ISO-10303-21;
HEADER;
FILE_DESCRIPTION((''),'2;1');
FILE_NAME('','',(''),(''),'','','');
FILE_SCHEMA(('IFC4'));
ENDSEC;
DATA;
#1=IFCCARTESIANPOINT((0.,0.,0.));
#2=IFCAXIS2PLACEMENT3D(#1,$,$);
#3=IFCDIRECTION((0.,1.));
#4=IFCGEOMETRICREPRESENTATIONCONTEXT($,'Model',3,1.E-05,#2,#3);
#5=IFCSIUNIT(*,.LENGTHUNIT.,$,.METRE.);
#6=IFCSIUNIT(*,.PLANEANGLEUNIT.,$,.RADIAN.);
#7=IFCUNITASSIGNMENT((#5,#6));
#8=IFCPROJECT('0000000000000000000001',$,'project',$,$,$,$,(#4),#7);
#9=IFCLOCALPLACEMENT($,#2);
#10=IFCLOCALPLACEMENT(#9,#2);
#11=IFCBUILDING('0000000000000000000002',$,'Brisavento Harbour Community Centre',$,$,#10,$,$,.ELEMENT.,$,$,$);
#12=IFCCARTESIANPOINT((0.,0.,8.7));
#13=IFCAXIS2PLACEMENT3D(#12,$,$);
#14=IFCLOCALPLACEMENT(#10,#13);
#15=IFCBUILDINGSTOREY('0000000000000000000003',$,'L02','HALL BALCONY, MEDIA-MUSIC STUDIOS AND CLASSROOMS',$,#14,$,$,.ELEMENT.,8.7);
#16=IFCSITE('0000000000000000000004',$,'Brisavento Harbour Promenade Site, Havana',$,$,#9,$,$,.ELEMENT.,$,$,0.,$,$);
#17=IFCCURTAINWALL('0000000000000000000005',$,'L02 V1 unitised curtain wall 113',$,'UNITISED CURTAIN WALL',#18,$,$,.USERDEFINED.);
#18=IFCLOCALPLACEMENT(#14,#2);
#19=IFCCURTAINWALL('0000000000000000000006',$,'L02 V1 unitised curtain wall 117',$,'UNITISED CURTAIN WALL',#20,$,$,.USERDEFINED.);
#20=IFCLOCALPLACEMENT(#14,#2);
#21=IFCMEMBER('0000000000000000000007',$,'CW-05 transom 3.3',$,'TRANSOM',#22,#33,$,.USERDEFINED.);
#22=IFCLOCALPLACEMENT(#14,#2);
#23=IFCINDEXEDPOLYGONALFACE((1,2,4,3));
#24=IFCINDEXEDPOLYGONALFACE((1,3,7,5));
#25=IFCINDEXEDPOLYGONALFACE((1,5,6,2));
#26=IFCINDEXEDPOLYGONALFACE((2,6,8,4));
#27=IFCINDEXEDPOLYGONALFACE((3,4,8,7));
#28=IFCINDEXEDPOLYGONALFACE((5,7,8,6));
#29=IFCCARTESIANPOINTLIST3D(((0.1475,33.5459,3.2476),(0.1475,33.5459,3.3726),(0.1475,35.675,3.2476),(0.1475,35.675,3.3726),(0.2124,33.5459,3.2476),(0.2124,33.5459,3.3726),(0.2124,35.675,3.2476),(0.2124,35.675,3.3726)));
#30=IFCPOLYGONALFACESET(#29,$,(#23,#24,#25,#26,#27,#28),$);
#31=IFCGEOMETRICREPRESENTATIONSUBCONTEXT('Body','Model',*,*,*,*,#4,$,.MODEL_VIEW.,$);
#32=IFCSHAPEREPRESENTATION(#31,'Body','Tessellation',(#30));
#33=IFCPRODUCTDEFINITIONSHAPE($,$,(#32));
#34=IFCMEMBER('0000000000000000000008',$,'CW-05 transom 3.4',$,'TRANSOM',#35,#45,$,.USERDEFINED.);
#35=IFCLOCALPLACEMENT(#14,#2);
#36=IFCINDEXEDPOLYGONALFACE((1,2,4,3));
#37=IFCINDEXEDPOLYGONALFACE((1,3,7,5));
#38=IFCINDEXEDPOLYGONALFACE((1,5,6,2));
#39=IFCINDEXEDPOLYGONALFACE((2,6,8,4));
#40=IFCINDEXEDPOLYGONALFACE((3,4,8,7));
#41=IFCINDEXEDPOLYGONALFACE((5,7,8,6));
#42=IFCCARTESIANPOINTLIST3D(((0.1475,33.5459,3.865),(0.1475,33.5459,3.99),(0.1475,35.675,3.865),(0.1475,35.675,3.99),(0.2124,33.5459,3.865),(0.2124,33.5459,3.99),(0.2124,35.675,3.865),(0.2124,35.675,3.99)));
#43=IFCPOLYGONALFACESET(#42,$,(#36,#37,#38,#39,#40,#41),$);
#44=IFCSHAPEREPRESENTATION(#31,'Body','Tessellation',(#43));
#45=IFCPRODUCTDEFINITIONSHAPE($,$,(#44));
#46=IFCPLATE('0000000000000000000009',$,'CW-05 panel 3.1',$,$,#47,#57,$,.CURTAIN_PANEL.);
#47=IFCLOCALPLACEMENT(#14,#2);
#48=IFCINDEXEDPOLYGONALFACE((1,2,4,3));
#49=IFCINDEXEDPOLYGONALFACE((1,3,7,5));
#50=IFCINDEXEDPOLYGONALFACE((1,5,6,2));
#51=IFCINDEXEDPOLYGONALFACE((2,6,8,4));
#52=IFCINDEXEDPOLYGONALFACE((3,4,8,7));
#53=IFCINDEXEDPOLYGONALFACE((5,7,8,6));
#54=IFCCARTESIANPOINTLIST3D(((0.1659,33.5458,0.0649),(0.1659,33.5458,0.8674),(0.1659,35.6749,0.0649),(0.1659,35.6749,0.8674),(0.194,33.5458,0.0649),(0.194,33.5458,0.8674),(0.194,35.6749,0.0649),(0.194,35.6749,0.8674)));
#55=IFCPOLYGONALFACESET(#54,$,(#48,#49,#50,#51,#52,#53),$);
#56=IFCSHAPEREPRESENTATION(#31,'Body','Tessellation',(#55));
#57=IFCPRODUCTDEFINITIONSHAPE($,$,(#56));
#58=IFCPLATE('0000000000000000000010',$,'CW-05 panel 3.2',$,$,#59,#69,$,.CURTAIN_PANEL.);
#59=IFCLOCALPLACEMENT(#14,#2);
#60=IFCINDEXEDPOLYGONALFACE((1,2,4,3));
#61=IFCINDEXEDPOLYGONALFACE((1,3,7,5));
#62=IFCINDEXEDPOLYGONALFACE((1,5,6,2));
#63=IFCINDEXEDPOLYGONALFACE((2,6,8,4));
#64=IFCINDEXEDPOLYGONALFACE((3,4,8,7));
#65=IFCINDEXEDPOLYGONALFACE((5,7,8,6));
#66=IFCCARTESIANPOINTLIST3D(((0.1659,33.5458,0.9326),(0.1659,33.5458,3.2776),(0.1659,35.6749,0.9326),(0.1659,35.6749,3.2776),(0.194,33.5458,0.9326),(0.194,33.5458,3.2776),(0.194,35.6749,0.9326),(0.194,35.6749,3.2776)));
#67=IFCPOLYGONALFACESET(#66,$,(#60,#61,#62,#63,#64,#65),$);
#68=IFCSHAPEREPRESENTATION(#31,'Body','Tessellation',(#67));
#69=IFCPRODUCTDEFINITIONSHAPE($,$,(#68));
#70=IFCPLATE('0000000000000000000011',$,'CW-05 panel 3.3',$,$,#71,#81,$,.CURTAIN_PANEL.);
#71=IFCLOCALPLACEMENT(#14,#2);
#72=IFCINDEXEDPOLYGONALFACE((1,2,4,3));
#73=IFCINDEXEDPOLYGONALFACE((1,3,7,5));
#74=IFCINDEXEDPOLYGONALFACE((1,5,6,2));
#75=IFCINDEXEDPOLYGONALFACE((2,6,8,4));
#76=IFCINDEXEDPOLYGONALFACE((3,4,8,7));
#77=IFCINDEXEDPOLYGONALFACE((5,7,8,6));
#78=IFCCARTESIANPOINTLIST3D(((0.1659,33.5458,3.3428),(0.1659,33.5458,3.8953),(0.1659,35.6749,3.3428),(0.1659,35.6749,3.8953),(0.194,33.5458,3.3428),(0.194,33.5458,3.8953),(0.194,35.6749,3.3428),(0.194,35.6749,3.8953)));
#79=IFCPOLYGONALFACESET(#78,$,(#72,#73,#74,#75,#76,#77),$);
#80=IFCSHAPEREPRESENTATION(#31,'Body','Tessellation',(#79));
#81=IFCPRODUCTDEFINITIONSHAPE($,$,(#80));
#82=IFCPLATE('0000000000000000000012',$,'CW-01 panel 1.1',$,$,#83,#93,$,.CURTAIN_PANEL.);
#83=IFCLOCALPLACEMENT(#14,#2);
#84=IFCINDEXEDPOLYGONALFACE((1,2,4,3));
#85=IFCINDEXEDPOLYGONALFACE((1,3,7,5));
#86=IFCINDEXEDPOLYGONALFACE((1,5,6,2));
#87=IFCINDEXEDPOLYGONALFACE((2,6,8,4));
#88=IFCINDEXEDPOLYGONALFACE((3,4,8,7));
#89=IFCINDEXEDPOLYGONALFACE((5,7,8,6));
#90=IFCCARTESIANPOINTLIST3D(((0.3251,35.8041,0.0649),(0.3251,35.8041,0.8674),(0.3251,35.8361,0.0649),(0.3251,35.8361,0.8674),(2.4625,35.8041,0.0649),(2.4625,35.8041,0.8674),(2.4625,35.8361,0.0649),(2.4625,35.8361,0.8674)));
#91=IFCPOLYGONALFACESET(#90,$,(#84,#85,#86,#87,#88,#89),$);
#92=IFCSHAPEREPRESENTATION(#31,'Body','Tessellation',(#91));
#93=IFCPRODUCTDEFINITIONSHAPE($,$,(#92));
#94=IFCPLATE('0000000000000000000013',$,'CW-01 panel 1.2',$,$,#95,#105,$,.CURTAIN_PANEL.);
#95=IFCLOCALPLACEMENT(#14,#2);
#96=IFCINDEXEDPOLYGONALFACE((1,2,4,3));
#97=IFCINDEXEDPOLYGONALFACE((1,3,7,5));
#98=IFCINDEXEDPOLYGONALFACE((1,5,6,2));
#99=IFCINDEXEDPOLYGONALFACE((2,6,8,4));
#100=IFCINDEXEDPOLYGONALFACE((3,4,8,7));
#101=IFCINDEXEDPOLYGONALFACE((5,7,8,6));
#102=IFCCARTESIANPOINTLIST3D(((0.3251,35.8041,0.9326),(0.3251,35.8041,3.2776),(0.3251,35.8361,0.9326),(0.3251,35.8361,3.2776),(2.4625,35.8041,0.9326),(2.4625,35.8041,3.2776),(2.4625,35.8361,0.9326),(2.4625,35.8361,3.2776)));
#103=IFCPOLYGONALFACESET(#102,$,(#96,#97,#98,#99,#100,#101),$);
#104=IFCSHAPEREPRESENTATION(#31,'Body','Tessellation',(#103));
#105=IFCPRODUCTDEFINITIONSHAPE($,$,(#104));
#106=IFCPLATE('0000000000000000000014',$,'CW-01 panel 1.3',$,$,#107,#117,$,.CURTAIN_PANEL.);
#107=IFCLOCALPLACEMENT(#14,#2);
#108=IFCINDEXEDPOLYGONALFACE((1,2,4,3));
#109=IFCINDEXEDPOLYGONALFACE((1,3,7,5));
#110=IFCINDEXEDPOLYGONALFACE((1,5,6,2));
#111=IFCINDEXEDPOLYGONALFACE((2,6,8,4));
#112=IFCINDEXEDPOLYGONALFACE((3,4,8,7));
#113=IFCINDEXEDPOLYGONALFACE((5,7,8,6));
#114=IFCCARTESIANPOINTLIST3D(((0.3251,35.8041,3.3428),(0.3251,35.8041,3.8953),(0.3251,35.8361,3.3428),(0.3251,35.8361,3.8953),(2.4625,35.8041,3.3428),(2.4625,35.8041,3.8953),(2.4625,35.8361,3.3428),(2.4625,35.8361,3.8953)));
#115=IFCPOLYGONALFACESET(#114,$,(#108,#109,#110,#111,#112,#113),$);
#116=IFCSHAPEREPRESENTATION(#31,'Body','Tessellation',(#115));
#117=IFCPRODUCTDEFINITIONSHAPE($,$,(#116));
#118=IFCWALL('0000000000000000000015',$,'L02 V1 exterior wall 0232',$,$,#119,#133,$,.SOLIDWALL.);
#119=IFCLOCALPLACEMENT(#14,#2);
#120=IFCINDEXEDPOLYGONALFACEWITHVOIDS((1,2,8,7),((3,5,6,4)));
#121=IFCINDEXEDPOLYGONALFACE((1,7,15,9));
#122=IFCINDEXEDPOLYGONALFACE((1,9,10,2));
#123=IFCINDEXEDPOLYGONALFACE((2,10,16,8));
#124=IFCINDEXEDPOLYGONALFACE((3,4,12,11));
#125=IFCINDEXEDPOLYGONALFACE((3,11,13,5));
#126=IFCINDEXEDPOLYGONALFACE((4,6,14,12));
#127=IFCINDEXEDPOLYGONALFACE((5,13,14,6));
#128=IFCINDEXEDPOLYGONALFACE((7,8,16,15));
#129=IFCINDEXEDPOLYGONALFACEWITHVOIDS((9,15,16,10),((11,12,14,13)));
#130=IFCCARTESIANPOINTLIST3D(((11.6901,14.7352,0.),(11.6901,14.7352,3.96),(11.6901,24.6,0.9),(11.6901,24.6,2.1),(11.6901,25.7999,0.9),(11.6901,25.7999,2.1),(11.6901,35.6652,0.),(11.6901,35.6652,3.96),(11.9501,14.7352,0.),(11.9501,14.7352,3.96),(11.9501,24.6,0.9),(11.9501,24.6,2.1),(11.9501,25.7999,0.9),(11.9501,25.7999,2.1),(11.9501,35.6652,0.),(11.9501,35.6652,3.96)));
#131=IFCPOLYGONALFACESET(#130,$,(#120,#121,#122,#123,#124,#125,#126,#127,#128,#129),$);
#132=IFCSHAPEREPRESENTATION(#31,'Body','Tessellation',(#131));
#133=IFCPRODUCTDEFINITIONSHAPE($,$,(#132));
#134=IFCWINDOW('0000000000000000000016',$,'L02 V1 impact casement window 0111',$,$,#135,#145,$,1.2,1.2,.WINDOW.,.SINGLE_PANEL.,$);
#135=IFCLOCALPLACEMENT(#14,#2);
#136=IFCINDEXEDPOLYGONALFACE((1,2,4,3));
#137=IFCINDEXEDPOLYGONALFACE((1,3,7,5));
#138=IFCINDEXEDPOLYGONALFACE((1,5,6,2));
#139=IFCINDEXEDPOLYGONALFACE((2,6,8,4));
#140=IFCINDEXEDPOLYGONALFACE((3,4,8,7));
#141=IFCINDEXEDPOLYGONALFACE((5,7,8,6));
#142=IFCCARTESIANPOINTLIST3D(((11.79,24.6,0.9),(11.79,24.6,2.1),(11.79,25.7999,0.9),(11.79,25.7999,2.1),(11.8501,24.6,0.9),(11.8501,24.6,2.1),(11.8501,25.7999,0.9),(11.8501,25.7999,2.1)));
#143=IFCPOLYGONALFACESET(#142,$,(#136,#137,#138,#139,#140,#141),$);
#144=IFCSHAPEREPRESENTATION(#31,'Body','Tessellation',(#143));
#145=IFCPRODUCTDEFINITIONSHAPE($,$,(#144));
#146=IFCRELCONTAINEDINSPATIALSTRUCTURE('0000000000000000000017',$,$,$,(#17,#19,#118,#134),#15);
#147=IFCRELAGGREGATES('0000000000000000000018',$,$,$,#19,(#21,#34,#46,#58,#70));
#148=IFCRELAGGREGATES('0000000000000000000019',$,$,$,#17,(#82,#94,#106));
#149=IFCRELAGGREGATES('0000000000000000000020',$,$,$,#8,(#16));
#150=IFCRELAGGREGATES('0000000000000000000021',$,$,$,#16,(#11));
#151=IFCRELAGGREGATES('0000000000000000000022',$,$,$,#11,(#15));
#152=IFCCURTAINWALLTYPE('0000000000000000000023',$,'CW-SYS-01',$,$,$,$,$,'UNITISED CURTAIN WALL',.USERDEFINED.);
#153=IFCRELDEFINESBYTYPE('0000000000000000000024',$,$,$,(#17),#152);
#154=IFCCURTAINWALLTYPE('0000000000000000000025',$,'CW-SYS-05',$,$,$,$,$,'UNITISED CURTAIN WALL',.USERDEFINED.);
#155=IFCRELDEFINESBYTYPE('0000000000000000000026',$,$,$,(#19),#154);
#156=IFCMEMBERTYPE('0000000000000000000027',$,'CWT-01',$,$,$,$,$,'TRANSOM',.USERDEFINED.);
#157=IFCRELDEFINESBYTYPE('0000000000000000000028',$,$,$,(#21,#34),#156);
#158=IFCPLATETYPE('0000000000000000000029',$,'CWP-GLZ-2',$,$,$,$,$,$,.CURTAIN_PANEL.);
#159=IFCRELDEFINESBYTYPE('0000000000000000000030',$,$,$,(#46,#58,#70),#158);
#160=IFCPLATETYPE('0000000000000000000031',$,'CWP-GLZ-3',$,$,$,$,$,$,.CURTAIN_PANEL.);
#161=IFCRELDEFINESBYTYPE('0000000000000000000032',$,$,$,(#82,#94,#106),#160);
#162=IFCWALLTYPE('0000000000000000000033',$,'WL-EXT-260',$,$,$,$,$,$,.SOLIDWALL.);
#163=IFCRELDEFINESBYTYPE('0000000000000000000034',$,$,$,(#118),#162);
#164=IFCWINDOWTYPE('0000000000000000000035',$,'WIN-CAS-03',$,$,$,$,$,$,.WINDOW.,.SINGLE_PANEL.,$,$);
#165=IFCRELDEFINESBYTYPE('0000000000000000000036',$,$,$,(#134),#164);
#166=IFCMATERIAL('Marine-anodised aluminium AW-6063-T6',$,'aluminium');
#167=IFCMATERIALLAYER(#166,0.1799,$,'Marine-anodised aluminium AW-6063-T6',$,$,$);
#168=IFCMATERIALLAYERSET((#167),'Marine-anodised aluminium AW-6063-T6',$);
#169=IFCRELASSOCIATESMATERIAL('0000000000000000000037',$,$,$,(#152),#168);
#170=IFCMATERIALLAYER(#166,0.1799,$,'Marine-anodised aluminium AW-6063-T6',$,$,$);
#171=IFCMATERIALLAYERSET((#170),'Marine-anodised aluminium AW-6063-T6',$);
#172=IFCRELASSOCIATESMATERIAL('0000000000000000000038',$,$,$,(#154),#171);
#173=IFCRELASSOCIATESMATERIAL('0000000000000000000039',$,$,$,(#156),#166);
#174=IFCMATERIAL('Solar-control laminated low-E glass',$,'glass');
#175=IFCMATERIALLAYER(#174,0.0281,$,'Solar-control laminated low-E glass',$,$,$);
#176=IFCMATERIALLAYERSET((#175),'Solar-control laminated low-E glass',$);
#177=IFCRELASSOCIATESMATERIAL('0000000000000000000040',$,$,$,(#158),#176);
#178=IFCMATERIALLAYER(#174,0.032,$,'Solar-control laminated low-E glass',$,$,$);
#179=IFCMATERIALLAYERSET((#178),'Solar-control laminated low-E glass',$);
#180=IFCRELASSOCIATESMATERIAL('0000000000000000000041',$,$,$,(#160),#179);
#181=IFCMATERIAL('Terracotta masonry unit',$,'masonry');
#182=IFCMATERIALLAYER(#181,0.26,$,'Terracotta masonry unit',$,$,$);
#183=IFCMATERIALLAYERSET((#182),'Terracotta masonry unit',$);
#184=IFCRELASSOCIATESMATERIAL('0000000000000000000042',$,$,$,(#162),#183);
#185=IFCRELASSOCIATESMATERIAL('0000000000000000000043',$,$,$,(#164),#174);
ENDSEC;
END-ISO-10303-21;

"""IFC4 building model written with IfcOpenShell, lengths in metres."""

from ifc_helpers import new_model, si_unit, direction, frame, frame_2d, origin, origin_2d, place, context, subcontext, project, spatial, rectangle, extrude, material, layer, layer_set, material_profile, profile_set, type_object, element, fill, aggregate, save


model = new_model("IFC4")

# Units and contexts
model_context = context("Model", 3, precision=1e-05, world=origin(), true_north=direction((0.0, 1.0)))
body_context = subcontext(model_context, "Body", "Model", "MODEL_VIEW")
ifc_project = project(units=[si_unit("LENGTHUNIT", "METRE"), si_unit("PLANEANGLEUNIT", "RADIAN")], contexts=[model_context])

# Site, building, storey
site_placement = place(None, origin())
site = spatial("IfcSite", under=ifc_project, at=site_placement, Name="Brisavento Harbour Promenade Site, Havana", CompositionType="ELEMENT", RefElevation=0.0)
building_placement = place(site_placement, origin())
building = spatial("IfcBuilding", under=site, at=building_placement, Name="Brisavento Harbour Community Centre", CompositionType="ELEMENT")
storey_placement = place(building_placement, frame((0.0, 0.0, 8.7)))
storey = spatial("IfcBuildingStorey", under=building, at=storey_placement, Name="L02", Description="HALL BALCONY, MEDIA-MUSIC STUDIOS AND CLASSROOMS", CompositionType="ELEMENT", Elevation=8.7)

# Curtain walls
ifc_material_1 = material(Name="Marine-anodised aluminium AW-6063-T6", Category="aluminium")
ifc_layer_1 = layer(ifc_material_1, 0.1799, Name="Marine-anodised aluminium AW-6063-T6")
ifc_layer_set_1 = layer_set([ifc_layer_1], Name="Marine-anodised aluminium AW-6063-T6")
curtain_wall_type_1 = type_object("IfcCurtainWallType", Name="CW-SYS-01", ElementType="UNITISED CURTAIN WALL", PredefinedType="USERDEFINED", material=ifc_layer_set_1)
curtain_wall_1_placement = place(storey_placement, origin())
curtain_wall_1 = element("IfcCurtainWall", 1, at=curtain_wall_1_placement, inside=storey, type_object=curtain_wall_type_1, Name="L02 V1 unitised curtain wall 113", ObjectType="UNITISED CURTAIN WALL", PredefinedType="USERDEFINED")
ifc_layer_2 = layer(ifc_material_1, 0.1799, Name="Marine-anodised aluminium AW-6063-T6")
ifc_layer_set_2 = layer_set([ifc_layer_2], Name="Marine-anodised aluminium AW-6063-T6")
curtain_wall_type_2 = type_object("IfcCurtainWallType", Name="CW-SYS-05", ElementType="UNITISED CURTAIN WALL", PredefinedType="USERDEFINED", material=ifc_layer_set_2)
curtain_wall_2_placement = place(storey_placement, origin())
curtain_wall_2 = element("IfcCurtainWall", 2, at=curtain_wall_2_placement, inside=storey, type_object=curtain_wall_type_2, Name="L02 V1 unitised curtain wall 117", ObjectType="UNITISED CURTAIN WALL", PredefinedType="USERDEFINED")

# Members
ifc_material_profile_1 = material_profile(ifc_material_1, rectangle(XDim=0.0649, YDim=0.125, at=origin_2d()), Name="Marine-anodised aluminium AW-6063-T6")
ifc_profile_set_1 = profile_set([ifc_material_profile_1], Name="Marine-anodised aluminium AW-6063-T6")
member_type_1 = type_object("IfcMemberType", Name="CWT-01", ElementType="TRANSOM", PredefinedType="USERDEFINED", material=ifc_profile_set_1)
member_1_placement = place(storey_placement, frame((0.1799, 33.5459, 3.3101), z_axis=(0.0, 1.0, 0.0), x_axis=(-1.0, 0.0, 0.0)))
member_1 = element("IfcMember", 3, at=member_1_placement, type_object=member_type_1, Name="CW-05 transom 3.3", ObjectType="TRANSOM", PredefinedType="USERDEFINED", context=body_context, shape_type="SweptSolid", body=[
    extrude(rectangle(XDim=0.0649, YDim=0.125, at=origin_2d()), origin(), (0.0, 0.0, 1.0), 2.1292),
])
member_2_placement = place(storey_placement, frame((0.1799, 33.5459, 3.9275), z_axis=(0.0, 1.0, 0.0), x_axis=(-1.0, 0.0, 0.0)))
member_2 = element("IfcMember", 4, at=member_2_placement, type_object=member_type_1, Name="CW-05 transom 3.4", ObjectType="TRANSOM", PredefinedType="USERDEFINED", context=body_context, shape_type="SweptSolid", body=[
    extrude(rectangle(XDim=0.0649, YDim=0.125, at=origin_2d()), origin(), (0.0, 0.0, 1.0), 2.1292),
])

# Plates
ifc_material_2 = material(Name="Solar-control laminated low-E glass", Category="glass")
ifc_layer_3 = layer(ifc_material_2, 0.0281, Name="Solar-control laminated low-E glass")
ifc_layer_set_3 = layer_set([ifc_layer_3], Name="Solar-control laminated low-E glass")
plate_type_1 = type_object("IfcPlateType", Name="CWP-GLZ-2", PredefinedType="CURTAIN_PANEL", material=ifc_layer_set_3)
plate_1_placement = place(storey_placement, frame((0.1799, 34.6104, 0.0649), z_axis=(0.0, 0.0, 1.0), x_axis=(0.0, 1.0, 0.0)))
plate_1 = element("IfcPlate", 5, at=plate_1_placement, type_object=plate_type_1, Name="CW-05 panel 3.1", PredefinedType="CURTAIN_PANEL", context=body_context, shape_type="SweptSolid", body=[
    extrude(rectangle(XDim=2.1292, YDim=0.0281, at=origin_2d()), origin(), (0.0, 0.0, 1.0), 0.8025),
])
plate_2_placement = place(storey_placement, frame((0.1799, 34.6104, 0.9326), z_axis=(0.0, 0.0, 1.0), x_axis=(0.0, 1.0, 0.0)))
plate_2 = element("IfcPlate", 6, at=plate_2_placement, type_object=plate_type_1, Name="CW-05 panel 3.2", PredefinedType="CURTAIN_PANEL", context=body_context, shape_type="SweptSolid", body=[
    extrude(rectangle(XDim=2.1292, YDim=0.0281, at=origin_2d()), origin(), (0.0, 0.0, 1.0), 2.345),
])
plate_3_placement = place(storey_placement, frame((0.1799, 34.6104, 3.3428), z_axis=(0.0, 0.0, 1.0), x_axis=(0.0, 1.0, 0.0)))
plate_3 = element("IfcPlate", 7, at=plate_3_placement, type_object=plate_type_1, Name="CW-05 panel 3.3", PredefinedType="CURTAIN_PANEL", context=body_context, shape_type="SweptSolid", body=[
    extrude(rectangle(XDim=2.1292, YDim=0.0281, at=origin_2d()), origin(), (0.0, 0.0, 1.0), 0.5525),
])
aggregate(curtain_wall_2, [member_1, member_2, plate_1, plate_2, plate_3])
ifc_layer_4 = layer(ifc_material_2, 0.032, Name="Solar-control laminated low-E glass")
ifc_layer_set_4 = layer_set([ifc_layer_4], Name="Solar-control laminated low-E glass")
plate_type_2 = type_object("IfcPlateType", Name="CWP-GLZ-3", PredefinedType="CURTAIN_PANEL", material=ifc_layer_set_4)
plate_4_placement = place(storey_placement, frame((1.3938, 35.8201, 0.0649), z_axis=(0.0, 0.0, 1.0), x_axis=(1.0, 0.0, 0.0)))
plate_4 = element("IfcPlate", 8, at=plate_4_placement, type_object=plate_type_2, Name="CW-01 panel 1.1", PredefinedType="CURTAIN_PANEL", context=body_context, shape_type="SweptSolid", body=[
    extrude(rectangle(XDim=2.1375, YDim=0.032, at=origin_2d()), origin(), (0.0, 0.0, 1.0), 0.8025),
])
plate_5_placement = place(storey_placement, frame((1.3938, 35.8201, 0.9326), z_axis=(0.0, 0.0, 1.0), x_axis=(1.0, 0.0, 0.0)))
plate_5 = element("IfcPlate", 9, at=plate_5_placement, type_object=plate_type_2, Name="CW-01 panel 1.2", PredefinedType="CURTAIN_PANEL", context=body_context, shape_type="SweptSolid", body=[
    extrude(rectangle(XDim=2.1375, YDim=0.032, at=origin_2d()), origin(), (0.0, 0.0, 1.0), 2.345),
])
plate_6_placement = place(storey_placement, frame((1.3938, 35.8201, 3.3428), z_axis=(0.0, 0.0, 1.0), x_axis=(1.0, 0.0, 0.0)))
plate_6 = element("IfcPlate", 10, at=plate_6_placement, type_object=plate_type_2, Name="CW-01 panel 1.3", PredefinedType="CURTAIN_PANEL", context=body_context, shape_type="SweptSolid", body=[
    extrude(rectangle(XDim=2.1375, YDim=0.032, at=origin_2d()), origin(), (0.0, 0.0, 1.0), 0.5525),
])
aggregate(curtain_wall_1, [plate_4, plate_5, plate_6])

# Wall, opening, window
ifc_material_3 = material(Name="Terracotta masonry unit", Category="masonry")
ifc_layer_5 = layer(ifc_material_3, 0.26, Name="Terracotta masonry unit")
ifc_layer_set_5 = layer_set([ifc_layer_5], Name="Terracotta masonry unit")
wall_type = type_object("IfcWallType", Name="WL-EXT-260", PredefinedType="SOLIDWALL", material=ifc_layer_set_5)
wall_placement = place(storey_placement, frame((11.8201, 35.665, 0.0), z_axis=(0.0, 0.0, 1.0), x_axis=(0.0, -1.0, 0.0)))
wall = element("IfcWall", 11, at=wall_placement, inside=storey, type_object=wall_type, Name="L02 V1 exterior wall 0232", PredefinedType="SOLIDWALL", context=body_context, shape_type="SweptSolid", body=[
    extrude(rectangle(XDim=20.9299, YDim=0.26, at=frame_2d((10.4648, 0.0))), origin(), (0.0, 0.0, 1.0), 3.96),
])
opening_placement = place(wall_placement, frame((9.865, 0.0, 0.8999)))
opening = element("IfcOpeningElement", 12, at=opening_placement, cuts=wall, PredefinedType="OPENING", context=body_context, shape_type="SweptSolid", body=[
    extrude(rectangle(XDim=1.2, YDim=1.2, at=frame_2d((0.6001, 0.6001))), frame((0.0, 0.1401, 0.0), z_axis=(0.0, -1.0, 0.0), x_axis=(1.0, 0.0, 0.0)), (0.0, 0.0, 1.0), 0.28),
])
window_type = type_object("IfcWindowType", Name="WIN-CAS-03", PartitioningType="SINGLE_PANEL", PredefinedType="WINDOW", material=ifc_material_2)
window_placement = place(opening_placement, origin())
window = element("IfcWindow", 13, at=window_placement, inside=storey, type_object=window_type, Name="L02 V1 impact casement window 0111", OverallHeight=1.2, OverallWidth=1.2, PartitioningType="SINGLE_PANEL", PredefinedType="WINDOW", context=body_context, shape_type="SweptSolid", body=[
    extrude(rectangle(XDim=1.2, YDim=1.2, at=frame_2d((0.6001, 0.6001))), frame((0.0, 0.03, 0.0), z_axis=(0.0, -1.0, 0.0), x_axis=(1.0, 0.0, 0.0)), (0.0, 0.0, 1.0), 0.0601),
])
fill(opening, window)

save(model, "model.ifc")
